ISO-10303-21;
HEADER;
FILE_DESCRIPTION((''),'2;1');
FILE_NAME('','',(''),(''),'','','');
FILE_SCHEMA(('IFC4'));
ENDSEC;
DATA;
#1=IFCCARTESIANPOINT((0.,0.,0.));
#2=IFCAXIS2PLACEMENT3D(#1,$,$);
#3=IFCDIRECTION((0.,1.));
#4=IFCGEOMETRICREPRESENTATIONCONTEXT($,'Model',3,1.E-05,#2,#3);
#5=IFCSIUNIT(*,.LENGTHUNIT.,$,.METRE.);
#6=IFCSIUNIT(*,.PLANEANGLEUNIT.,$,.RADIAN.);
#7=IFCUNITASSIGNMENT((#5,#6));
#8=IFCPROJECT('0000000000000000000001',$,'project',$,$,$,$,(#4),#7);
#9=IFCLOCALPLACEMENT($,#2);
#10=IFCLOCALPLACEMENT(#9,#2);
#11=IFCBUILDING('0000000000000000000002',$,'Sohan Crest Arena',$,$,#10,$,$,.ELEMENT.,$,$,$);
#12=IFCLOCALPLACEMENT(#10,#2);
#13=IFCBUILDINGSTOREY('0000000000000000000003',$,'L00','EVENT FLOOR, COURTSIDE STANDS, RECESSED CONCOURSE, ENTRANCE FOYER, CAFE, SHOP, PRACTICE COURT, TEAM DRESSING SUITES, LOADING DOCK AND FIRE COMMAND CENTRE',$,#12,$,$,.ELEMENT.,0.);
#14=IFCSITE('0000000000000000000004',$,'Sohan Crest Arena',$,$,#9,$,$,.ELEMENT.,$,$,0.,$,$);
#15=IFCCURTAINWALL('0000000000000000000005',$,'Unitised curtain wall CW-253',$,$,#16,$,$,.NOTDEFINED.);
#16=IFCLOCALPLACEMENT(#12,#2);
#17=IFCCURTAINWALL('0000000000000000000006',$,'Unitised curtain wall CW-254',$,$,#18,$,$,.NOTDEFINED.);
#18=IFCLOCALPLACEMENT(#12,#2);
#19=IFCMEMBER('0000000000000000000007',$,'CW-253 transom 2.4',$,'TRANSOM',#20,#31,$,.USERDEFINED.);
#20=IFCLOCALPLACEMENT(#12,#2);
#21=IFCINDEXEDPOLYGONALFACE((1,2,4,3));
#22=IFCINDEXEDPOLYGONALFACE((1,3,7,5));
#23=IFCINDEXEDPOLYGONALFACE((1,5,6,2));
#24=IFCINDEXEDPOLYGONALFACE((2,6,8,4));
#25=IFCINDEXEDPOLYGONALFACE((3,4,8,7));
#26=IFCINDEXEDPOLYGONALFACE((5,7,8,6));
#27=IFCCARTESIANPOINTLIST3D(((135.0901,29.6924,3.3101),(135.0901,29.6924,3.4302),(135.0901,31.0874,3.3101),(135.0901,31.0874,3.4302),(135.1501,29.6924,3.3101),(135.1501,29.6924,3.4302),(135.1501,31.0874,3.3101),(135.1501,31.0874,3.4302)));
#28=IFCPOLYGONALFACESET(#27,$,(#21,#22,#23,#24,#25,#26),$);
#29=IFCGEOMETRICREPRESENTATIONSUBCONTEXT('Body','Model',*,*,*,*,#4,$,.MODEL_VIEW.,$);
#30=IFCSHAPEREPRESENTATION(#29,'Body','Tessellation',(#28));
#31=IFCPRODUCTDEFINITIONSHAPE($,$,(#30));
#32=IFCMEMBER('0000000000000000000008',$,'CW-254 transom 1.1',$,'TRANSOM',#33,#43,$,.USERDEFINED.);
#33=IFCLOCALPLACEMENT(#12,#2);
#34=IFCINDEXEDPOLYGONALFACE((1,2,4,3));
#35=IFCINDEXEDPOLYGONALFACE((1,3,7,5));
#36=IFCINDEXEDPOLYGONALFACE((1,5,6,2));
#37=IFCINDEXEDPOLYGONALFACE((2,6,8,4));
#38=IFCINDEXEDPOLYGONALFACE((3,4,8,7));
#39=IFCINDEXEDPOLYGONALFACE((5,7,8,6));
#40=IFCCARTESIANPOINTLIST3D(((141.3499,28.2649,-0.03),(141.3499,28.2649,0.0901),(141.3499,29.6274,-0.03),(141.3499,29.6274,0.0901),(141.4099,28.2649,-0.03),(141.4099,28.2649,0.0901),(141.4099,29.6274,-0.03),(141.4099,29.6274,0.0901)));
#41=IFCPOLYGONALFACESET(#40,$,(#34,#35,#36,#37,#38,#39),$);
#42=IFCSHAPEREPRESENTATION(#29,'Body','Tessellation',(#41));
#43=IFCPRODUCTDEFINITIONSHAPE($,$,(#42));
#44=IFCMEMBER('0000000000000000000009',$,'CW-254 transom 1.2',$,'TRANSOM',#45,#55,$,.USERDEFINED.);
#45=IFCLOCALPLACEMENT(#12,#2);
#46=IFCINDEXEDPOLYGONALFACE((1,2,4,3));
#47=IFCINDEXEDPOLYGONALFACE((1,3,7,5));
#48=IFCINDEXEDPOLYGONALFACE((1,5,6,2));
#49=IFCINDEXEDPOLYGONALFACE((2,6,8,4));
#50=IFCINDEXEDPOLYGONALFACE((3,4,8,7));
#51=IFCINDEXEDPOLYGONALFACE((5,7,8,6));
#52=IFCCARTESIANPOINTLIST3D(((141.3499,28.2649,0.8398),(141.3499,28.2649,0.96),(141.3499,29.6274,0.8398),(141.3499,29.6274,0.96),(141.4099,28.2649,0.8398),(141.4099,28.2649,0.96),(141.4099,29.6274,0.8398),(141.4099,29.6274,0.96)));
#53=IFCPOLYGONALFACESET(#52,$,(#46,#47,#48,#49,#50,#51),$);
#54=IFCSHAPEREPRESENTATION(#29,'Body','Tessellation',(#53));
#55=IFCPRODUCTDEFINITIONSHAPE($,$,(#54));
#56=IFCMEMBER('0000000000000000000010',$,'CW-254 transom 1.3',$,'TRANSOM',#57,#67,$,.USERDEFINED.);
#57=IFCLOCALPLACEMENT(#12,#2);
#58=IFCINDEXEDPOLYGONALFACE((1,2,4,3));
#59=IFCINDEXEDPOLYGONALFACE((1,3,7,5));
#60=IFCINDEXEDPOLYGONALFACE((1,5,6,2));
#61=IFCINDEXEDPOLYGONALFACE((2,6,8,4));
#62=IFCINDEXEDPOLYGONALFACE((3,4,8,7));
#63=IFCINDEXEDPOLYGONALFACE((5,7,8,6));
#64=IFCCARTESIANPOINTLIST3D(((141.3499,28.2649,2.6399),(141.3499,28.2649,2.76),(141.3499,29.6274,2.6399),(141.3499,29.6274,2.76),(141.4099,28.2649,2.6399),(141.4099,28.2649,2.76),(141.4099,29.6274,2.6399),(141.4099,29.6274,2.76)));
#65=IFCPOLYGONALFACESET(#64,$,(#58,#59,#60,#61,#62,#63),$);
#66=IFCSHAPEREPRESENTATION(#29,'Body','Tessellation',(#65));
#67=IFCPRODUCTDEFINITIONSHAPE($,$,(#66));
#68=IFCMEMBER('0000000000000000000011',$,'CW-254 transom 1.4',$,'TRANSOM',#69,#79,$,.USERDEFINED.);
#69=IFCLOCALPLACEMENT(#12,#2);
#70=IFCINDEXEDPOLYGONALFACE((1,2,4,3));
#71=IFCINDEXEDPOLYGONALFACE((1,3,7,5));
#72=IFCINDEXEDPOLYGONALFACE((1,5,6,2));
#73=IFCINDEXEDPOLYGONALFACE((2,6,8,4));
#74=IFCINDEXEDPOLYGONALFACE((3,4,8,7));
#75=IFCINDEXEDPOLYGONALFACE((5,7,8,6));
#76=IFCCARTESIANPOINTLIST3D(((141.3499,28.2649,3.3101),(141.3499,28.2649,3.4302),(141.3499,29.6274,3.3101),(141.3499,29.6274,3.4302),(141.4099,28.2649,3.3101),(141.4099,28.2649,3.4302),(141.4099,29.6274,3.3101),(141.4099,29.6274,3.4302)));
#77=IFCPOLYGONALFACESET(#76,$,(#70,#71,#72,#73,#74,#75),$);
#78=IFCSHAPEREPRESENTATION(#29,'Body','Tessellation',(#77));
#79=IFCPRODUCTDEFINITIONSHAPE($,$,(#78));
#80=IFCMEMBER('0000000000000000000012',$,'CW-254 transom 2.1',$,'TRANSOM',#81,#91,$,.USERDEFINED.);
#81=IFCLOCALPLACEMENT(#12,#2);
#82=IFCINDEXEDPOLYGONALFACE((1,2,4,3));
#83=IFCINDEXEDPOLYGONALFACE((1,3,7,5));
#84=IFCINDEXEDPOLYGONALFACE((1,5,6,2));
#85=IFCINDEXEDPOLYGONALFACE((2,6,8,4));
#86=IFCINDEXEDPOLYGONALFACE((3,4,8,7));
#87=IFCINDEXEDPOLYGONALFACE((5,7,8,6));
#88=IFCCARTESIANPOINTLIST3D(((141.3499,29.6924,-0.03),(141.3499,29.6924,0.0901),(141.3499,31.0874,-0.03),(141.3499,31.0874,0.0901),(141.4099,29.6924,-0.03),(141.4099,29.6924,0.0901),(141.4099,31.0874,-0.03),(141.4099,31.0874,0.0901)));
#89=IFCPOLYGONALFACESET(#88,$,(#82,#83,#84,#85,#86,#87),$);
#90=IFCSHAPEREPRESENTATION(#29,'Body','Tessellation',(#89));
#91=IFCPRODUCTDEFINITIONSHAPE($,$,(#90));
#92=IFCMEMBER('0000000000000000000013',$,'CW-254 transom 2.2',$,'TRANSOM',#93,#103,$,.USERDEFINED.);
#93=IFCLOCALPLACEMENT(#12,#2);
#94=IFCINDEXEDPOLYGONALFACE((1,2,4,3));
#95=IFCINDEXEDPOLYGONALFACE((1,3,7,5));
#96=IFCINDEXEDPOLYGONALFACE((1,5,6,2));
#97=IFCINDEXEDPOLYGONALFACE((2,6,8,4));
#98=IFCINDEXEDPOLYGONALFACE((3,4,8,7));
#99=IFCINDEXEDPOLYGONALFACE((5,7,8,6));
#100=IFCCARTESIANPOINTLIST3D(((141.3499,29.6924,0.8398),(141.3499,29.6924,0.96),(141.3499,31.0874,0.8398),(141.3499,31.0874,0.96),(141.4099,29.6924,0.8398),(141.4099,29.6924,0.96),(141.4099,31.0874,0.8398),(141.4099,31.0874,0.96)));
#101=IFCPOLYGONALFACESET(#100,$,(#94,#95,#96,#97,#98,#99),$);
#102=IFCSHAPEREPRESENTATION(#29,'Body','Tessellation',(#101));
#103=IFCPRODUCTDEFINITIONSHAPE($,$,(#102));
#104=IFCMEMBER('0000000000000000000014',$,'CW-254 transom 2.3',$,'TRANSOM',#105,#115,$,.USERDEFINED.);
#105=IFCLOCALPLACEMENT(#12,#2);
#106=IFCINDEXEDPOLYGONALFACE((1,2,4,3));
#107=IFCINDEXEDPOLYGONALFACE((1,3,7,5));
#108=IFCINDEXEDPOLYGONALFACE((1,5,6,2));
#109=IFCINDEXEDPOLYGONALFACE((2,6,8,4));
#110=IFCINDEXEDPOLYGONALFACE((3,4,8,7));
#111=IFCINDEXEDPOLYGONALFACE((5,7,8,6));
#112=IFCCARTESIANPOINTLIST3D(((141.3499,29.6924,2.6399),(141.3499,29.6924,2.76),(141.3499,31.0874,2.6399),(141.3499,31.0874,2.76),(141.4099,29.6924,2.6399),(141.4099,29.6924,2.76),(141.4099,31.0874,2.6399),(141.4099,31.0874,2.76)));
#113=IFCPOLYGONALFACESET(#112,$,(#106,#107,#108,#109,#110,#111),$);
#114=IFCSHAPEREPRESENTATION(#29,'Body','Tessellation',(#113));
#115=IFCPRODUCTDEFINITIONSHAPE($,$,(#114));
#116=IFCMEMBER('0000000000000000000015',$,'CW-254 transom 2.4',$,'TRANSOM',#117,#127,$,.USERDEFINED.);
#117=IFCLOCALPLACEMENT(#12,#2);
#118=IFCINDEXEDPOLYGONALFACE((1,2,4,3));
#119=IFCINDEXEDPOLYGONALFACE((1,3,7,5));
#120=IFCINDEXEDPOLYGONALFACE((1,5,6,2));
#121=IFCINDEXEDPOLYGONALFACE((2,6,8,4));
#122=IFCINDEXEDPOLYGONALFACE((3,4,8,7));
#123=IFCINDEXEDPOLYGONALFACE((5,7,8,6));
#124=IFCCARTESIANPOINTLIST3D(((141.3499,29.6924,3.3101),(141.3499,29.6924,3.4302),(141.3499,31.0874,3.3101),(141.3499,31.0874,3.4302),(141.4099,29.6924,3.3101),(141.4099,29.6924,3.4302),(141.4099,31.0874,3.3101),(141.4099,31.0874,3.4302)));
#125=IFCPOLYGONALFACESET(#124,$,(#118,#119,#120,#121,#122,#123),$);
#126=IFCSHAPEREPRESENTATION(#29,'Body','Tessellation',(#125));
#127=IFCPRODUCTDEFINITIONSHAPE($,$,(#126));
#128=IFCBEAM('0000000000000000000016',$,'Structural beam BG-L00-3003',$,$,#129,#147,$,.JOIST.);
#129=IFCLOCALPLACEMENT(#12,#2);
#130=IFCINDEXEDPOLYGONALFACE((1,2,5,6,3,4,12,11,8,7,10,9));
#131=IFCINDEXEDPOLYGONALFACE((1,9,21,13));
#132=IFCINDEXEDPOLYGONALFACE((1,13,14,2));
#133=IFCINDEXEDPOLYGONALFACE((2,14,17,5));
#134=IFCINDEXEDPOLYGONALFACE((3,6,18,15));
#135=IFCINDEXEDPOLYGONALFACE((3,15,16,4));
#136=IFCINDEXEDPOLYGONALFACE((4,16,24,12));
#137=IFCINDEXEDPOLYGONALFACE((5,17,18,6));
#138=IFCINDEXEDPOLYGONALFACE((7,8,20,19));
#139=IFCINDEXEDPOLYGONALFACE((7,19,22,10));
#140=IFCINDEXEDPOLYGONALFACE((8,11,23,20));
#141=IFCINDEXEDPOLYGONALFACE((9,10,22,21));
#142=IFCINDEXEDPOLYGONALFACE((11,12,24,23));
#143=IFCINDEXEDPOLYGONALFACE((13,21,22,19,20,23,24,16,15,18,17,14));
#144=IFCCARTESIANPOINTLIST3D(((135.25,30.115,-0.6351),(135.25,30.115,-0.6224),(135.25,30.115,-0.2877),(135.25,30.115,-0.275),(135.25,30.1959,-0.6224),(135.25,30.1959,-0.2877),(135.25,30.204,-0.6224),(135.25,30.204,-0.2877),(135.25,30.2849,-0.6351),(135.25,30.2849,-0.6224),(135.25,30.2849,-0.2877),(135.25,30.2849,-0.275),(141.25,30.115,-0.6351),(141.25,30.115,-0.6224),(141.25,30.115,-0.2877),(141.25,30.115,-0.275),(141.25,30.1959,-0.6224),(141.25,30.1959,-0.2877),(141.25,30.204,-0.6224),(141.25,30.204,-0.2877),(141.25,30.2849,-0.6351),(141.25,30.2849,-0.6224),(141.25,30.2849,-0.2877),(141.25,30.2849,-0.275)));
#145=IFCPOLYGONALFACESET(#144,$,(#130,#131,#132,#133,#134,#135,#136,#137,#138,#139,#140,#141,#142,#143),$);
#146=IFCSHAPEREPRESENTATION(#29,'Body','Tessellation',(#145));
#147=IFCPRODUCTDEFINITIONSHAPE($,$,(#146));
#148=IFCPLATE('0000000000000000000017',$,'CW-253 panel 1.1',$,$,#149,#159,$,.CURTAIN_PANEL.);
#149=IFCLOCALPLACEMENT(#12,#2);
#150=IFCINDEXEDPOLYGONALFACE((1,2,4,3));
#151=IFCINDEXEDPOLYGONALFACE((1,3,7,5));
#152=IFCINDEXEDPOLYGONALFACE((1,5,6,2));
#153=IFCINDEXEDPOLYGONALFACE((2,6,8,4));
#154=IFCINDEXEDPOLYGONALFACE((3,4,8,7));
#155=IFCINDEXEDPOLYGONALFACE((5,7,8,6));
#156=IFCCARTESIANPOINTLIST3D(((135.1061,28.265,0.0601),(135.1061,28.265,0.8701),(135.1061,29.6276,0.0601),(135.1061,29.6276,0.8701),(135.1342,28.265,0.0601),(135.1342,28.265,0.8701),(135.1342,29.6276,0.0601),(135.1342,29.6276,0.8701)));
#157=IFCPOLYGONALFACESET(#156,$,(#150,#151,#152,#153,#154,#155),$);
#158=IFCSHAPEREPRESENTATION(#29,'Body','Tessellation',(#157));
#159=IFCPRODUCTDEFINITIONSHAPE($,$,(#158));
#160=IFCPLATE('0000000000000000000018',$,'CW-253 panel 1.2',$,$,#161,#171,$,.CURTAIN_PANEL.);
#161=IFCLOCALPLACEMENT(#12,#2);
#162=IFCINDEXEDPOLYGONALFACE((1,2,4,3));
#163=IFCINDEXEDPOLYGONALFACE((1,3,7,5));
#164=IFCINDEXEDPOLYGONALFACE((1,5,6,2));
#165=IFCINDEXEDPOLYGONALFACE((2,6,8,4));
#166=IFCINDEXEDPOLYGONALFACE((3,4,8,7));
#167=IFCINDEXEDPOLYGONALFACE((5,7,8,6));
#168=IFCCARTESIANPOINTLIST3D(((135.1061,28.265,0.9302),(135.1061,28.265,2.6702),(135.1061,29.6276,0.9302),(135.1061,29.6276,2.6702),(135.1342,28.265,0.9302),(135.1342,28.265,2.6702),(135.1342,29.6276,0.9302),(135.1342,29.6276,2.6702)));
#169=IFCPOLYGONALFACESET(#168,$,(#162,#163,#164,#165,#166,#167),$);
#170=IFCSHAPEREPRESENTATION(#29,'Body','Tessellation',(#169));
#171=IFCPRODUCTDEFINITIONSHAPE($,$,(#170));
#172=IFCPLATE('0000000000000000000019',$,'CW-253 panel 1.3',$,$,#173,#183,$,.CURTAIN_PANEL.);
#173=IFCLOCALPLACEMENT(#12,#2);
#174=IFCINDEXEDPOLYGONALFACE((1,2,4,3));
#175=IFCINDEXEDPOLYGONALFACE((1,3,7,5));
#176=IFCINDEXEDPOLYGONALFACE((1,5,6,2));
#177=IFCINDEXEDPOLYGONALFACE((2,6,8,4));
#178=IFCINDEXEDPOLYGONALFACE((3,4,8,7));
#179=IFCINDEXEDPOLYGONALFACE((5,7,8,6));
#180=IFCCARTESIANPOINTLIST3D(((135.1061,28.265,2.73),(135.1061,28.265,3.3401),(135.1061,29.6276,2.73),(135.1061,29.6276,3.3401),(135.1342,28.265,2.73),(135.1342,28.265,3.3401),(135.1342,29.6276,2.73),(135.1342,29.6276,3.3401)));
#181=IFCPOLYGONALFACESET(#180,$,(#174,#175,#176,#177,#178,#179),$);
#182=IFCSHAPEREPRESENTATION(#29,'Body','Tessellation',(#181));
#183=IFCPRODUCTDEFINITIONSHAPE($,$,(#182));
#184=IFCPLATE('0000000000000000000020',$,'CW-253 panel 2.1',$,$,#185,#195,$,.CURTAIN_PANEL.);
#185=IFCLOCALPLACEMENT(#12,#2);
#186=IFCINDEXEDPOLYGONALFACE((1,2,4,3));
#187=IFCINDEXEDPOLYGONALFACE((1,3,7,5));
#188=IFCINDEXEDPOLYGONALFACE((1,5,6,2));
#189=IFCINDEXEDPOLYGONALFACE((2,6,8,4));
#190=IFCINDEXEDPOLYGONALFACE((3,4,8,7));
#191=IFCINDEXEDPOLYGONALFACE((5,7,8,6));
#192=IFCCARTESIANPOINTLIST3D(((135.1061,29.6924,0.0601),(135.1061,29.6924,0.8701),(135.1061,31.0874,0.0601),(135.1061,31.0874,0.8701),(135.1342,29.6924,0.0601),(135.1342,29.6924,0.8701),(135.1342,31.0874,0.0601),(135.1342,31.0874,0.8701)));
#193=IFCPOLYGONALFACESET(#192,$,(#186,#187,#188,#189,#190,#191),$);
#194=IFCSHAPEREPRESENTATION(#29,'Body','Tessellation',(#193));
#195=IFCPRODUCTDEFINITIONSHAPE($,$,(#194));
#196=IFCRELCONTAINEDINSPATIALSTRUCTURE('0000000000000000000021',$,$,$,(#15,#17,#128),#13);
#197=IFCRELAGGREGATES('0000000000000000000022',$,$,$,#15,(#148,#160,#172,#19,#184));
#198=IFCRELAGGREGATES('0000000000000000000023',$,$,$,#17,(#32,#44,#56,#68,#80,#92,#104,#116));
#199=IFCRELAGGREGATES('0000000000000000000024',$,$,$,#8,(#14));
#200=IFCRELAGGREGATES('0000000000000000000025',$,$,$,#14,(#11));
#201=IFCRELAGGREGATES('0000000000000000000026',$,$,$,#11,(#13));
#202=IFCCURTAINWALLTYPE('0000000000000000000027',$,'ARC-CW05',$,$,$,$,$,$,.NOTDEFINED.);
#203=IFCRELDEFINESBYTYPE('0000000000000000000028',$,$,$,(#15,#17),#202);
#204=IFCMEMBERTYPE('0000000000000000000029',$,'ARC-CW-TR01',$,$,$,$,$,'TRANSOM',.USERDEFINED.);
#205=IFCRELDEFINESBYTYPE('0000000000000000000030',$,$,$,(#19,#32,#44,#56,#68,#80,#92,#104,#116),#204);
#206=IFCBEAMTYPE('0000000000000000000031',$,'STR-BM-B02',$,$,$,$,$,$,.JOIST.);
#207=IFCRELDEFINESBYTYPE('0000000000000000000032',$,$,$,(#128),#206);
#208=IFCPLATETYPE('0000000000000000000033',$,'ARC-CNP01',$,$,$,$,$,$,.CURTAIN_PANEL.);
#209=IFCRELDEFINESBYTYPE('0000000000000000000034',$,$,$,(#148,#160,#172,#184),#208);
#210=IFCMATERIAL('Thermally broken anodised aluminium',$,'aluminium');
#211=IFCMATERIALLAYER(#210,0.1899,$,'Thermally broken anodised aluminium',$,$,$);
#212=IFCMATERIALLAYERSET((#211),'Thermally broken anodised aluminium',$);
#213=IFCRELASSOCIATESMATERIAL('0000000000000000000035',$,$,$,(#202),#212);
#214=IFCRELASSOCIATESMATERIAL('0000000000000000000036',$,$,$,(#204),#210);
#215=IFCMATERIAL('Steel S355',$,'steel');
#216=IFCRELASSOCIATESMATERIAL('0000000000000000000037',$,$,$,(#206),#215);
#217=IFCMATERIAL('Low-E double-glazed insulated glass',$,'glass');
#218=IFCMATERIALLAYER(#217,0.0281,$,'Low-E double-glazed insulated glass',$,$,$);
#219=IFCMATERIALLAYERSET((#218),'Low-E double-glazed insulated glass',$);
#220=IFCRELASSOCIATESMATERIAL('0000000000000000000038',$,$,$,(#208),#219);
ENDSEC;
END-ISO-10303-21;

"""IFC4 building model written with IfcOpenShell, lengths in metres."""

from ifc_helpers import new_model, si_unit, direction, frame, origin, origin_2d, place, context, subcontext, project, spatial, rectangle, i_section, extrude, material, layer, layer_set, material_profile, profile_set, type_object, element, aggregate, save


model = new_model("IFC4")

# Units and contexts
model_context = context("Model", 3, precision=1e-05, world=origin(), true_north=direction((0.0, 1.0)))
body_context = subcontext(model_context, "Body", "Model", "MODEL_VIEW")
ifc_project = project(units=[si_unit("LENGTHUNIT", "METRE"), si_unit("PLANEANGLEUNIT", "RADIAN")], contexts=[model_context])

# Site, building, storey
site_placement = place(None, origin())
site = spatial("IfcSite", under=ifc_project, at=site_placement, Name="Sohan Crest Arena", CompositionType="ELEMENT", RefElevation=0.0)
building_placement = place(site_placement, origin())
building = spatial("IfcBuilding", under=site, at=building_placement, Name="Sohan Crest Arena", CompositionType="ELEMENT")
storey_placement = place(building_placement, origin())
storey = spatial("IfcBuildingStorey", under=building, at=storey_placement, Name="L00", Description="EVENT FLOOR, COURTSIDE STANDS, RECESSED CONCOURSE, ENTRANCE FOYER, CAFE, SHOP, PRACTICE COURT, TEAM DRESSING SUITES, LOADING DOCK AND FIRE COMMAND CENTRE", CompositionType="ELEMENT", Elevation=0.0)

# Shared definitions
ifc_material_1 = material(Name="Steel S355", Category="steel")

# Curtain walls
ifc_material_2 = material(Name="Thermally broken anodised aluminium", Category="aluminium")
ifc_layer_1 = layer(ifc_material_2, 0.1899, Name="Thermally broken anodised aluminium")
ifc_layer_set_1 = layer_set([ifc_layer_1], Name="Thermally broken anodised aluminium")
curtain_wall_type = type_object("IfcCurtainWallType", Name="ARC-CW05", PredefinedType="NOTDEFINED", material=ifc_layer_set_1)
curtain_wall_1_placement = place(storey_placement, origin())
curtain_wall_1 = element("IfcCurtainWall", 1, at=curtain_wall_1_placement, inside=storey, type_object=curtain_wall_type, Name="Unitised curtain wall CW-253", PredefinedType="NOTDEFINED")
curtain_wall_2_placement = place(storey_placement, origin())
curtain_wall_2 = element("IfcCurtainWall", 2, at=curtain_wall_2_placement, inside=storey, type_object=curtain_wall_type, Name="Unitised curtain wall CW-254", PredefinedType="NOTDEFINED")

# Members
ifc_material_profile_1 = material_profile(ifc_material_2, rectangle(XDim=0.0601, YDim=0.1201, at=origin_2d()), Name="ALU-TRAN 60x120")
ifc_profile_set_1 = profile_set([ifc_material_profile_1], Name="Thermally broken anodised aluminium")
member_type_1 = type_object("IfcMemberType", Name="ARC-CW-TR01", ElementType="TRANSOM", PredefinedType="USERDEFINED", material=ifc_profile_set_1)
member_1_placement = place(storey_placement, frame((135.1201, 29.6924, 3.3701), z_axis=(0.0, 1.0, 0.0), x_axis=(-1.0, 0.0, 0.0)))
member_1 = element("IfcMember", 3, at=member_1_placement, type_object=member_type_1, Name="CW-253 transom 2.4", ObjectType="TRANSOM", PredefinedType="USERDEFINED", context=body_context, shape_type="SweptSolid", body=[
    extrude(rectangle(XDim=0.0601, YDim=0.1201, at=origin_2d()), origin(), (0.0, 0.0, 1.0), 1.395),
])
member_2_placement = place(storey_placement, frame((141.3799, 28.2649, 0.03), z_axis=(0.0, 1.0, 0.0), x_axis=(-1.0, 0.0, 0.0)))
member_2 = element("IfcMember", 4, at=member_2_placement, type_object=member_type_1, Name="CW-254 transom 1.1", ObjectType="TRANSOM", PredefinedType="USERDEFINED", context=body_context, shape_type="SweptSolid", body=[
    extrude(rectangle(XDim=0.0601, YDim=0.1201, at=origin_2d()), origin(), (0.0, 0.0, 1.0), 1.3625),
])
member_3_placement = place(storey_placement, frame((141.3799, 28.2649, 0.8999), z_axis=(0.0, 1.0, 0.0), x_axis=(-1.0, 0.0, 0.0)))
member_3 = element("IfcMember", 5, at=member_3_placement, type_object=member_type_1, Name="CW-254 transom 1.2", ObjectType="TRANSOM", PredefinedType="USERDEFINED", context=body_context, shape_type="SweptSolid", body=[
    extrude(rectangle(XDim=0.0601, YDim=0.1201, at=origin_2d()), origin(), (0.0, 0.0, 1.0), 1.3625),
])
member_4_placement = place(storey_placement, frame((141.3799, 28.2649, 2.7), z_axis=(0.0, 1.0, 0.0), x_axis=(-1.0, 0.0, 0.0)))
member_4 = element("IfcMember", 6, at=member_4_placement, type_object=member_type_1, Name="CW-254 transom 1.3", ObjectType="TRANSOM", PredefinedType="USERDEFINED", context=body_context, shape_type="SweptSolid", body=[
    extrude(rectangle(XDim=0.0601, YDim=0.1201, at=origin_2d()), origin(), (0.0, 0.0, 1.0), 1.3625),
])
member_5_placement = place(storey_placement, frame((141.3799, 28.2649, 3.3701), z_axis=(0.0, 1.0, 0.0), x_axis=(-1.0, 0.0, 0.0)))
member_5 = element("IfcMember", 7, at=member_5_placement, type_object=member_type_1, Name="CW-254 transom 1.4", ObjectType="TRANSOM", PredefinedType="USERDEFINED", context=body_context, shape_type="SweptSolid", body=[
    extrude(rectangle(XDim=0.0601, YDim=0.1201, at=origin_2d()), origin(), (0.0, 0.0, 1.0), 1.3625),
])
member_6_placement = place(storey_placement, frame((141.3799, 29.6924, 0.03), z_axis=(0.0, 1.0, 0.0), x_axis=(-1.0, 0.0, 0.0)))
member_6 = element("IfcMember", 8, at=member_6_placement, type_object=member_type_1, Name="CW-254 transom 2.1", ObjectType="TRANSOM", PredefinedType="USERDEFINED", context=body_context, shape_type="SweptSolid", body=[
    extrude(rectangle(XDim=0.0601, YDim=0.1201, at=origin_2d()), origin(), (0.0, 0.0, 1.0), 1.395),
])
member_7_placement = place(storey_placement, frame((141.3799, 29.6924, 0.8999), z_axis=(0.0, 1.0, 0.0), x_axis=(-1.0, 0.0, 0.0)))
member_7 = element("IfcMember", 9, at=member_7_placement, type_object=member_type_1, Name="CW-254 transom 2.2", ObjectType="TRANSOM", PredefinedType="USERDEFINED", context=body_context, shape_type="SweptSolid", body=[
    extrude(rectangle(XDim=0.0601, YDim=0.1201, at=origin_2d()), origin(), (0.0, 0.0, 1.0), 1.395),
])
member_8_placement = place(storey_placement, frame((141.3799, 29.6924, 2.7), z_axis=(0.0, 1.0, 0.0), x_axis=(-1.0, 0.0, 0.0)))
member_8 = element("IfcMember", 10, at=member_8_placement, type_object=member_type_1, Name="CW-254 transom 2.3", ObjectType="TRANSOM", PredefinedType="USERDEFINED", context=body_context, shape_type="SweptSolid", body=[
    extrude(rectangle(XDim=0.0601, YDim=0.1201, at=origin_2d()), origin(), (0.0, 0.0, 1.0), 1.395),
])
member_9_placement = place(storey_placement, frame((141.3799, 29.6924, 3.3701), z_axis=(0.0, 1.0, 0.0), x_axis=(-1.0, 0.0, 0.0)))
member_9 = element("IfcMember", 11, at=member_9_placement, type_object=member_type_1, Name="CW-254 transom 2.4", ObjectType="TRANSOM", PredefinedType="USERDEFINED", context=body_context, shape_type="SweptSolid", body=[
    extrude(rectangle(XDim=0.0601, YDim=0.1201, at=origin_2d()), origin(), (0.0, 0.0, 1.0), 1.395),
])

# Beam
ifc_material_profile_2 = material_profile(ifc_material_1, i_section(OverallWidth=0.1699, OverallDepth=0.3601, WebThickness=0.0081, FlangeThickness=0.0127, at=origin_2d()), Name="IPE 360")
ifc_profile_set_2 = profile_set([ifc_material_profile_2], Name="Steel S355")
beam_type = type_object("IfcBeamType", Name="STR-BM-B02", PredefinedType="JOIST", material=ifc_profile_set_2)
beam_placement = place(storey_placement, frame((135.25, 30.2, -0.4551), z_axis=(1.0, 0.0, 0.0), x_axis=(0.0, 1.0, 0.0)))
element("IfcBeam", 12, at=beam_placement, inside=storey, type_object=beam_type, Name="Structural beam BG-L00-3003", PredefinedType="JOIST", context=body_context, shape_type="SweptSolid", body=[
    extrude(i_section(OverallWidth=0.1699, OverallDepth=0.3601, WebThickness=0.0081, FlangeThickness=0.0127, at=origin_2d()), origin(), (0.0, 0.0, 1.0), 6.0),
])

# Plates
ifc_material_3 = material(Name="Low-E double-glazed insulated glass", Category="glass")
ifc_layer_2 = layer(ifc_material_3, 0.0281, Name="Low-E double-glazed insulated glass")
ifc_layer_set_2 = layer_set([ifc_layer_2], Name="Low-E double-glazed insulated glass")
plate_type_1 = type_object("IfcPlateType", Name="ARC-CNP01", PredefinedType="CURTAIN_PANEL", material=ifc_layer_set_2)
plate_1_placement = place(storey_placement, frame((135.1201, 28.9463, 0.0601), z_axis=(0.0, 0.0, 1.0), x_axis=(0.0, 1.0, 0.0)))
plate_1 = element("IfcPlate", 13, at=plate_1_placement, type_object=plate_type_1, Name="CW-253 panel 1.1", PredefinedType="CURTAIN_PANEL", context=body_context, shape_type="SweptSolid", body=[
    extrude(rectangle(XDim=1.3625, YDim=0.0281, at=origin_2d()), origin(), (0.0, 0.0, 1.0), 0.8101),
])
plate_2_placement = place(storey_placement, frame((135.1201, 28.9463, 0.9302), z_axis=(0.0, 0.0, 1.0), x_axis=(0.0, 1.0, 0.0)))
plate_2 = element("IfcPlate", 14, at=plate_2_placement, type_object=plate_type_1, Name="CW-253 panel 1.2", PredefinedType="CURTAIN_PANEL", context=body_context, shape_type="SweptSolid", body=[
    extrude(rectangle(XDim=1.3625, YDim=0.0281, at=origin_2d()), origin(), (0.0, 0.0, 1.0), 1.74),
])
plate_3_placement = place(storey_placement, frame((135.1201, 28.9463, 2.73), z_axis=(0.0, 0.0, 1.0), x_axis=(0.0, 1.0, 0.0)))
plate_3 = element("IfcPlate", 15, at=plate_3_placement, type_object=plate_type_1, Name="CW-253 panel 1.3", PredefinedType="CURTAIN_PANEL", context=body_context, shape_type="SweptSolid", body=[
    extrude(rectangle(XDim=1.3625, YDim=0.0281, at=origin_2d()), origin(), (0.0, 0.0, 1.0), 0.6101),
])
plate_4_placement = place(storey_placement, frame((135.1201, 30.3899, 0.0601), z_axis=(0.0, 0.0, 1.0), x_axis=(0.0, 1.0, 0.0)))
plate_4 = element("IfcPlate", 16, at=plate_4_placement, type_object=plate_type_1, Name="CW-253 panel 2.1", PredefinedType="CURTAIN_PANEL", context=body_context, shape_type="SweptSolid", body=[
    extrude(rectangle(XDim=1.395, YDim=0.0281, at=origin_2d()), origin(), (0.0, 0.0, 1.0), 0.8101),
])
aggregate(curtain_wall_1, [plate_1, plate_2, plate_3, member_1, plate_4])
aggregate(curtain_wall_2, [member_2, member_3, member_4, member_5, member_6, member_7, member_8, member_9])

save(model, "model.ifc")
